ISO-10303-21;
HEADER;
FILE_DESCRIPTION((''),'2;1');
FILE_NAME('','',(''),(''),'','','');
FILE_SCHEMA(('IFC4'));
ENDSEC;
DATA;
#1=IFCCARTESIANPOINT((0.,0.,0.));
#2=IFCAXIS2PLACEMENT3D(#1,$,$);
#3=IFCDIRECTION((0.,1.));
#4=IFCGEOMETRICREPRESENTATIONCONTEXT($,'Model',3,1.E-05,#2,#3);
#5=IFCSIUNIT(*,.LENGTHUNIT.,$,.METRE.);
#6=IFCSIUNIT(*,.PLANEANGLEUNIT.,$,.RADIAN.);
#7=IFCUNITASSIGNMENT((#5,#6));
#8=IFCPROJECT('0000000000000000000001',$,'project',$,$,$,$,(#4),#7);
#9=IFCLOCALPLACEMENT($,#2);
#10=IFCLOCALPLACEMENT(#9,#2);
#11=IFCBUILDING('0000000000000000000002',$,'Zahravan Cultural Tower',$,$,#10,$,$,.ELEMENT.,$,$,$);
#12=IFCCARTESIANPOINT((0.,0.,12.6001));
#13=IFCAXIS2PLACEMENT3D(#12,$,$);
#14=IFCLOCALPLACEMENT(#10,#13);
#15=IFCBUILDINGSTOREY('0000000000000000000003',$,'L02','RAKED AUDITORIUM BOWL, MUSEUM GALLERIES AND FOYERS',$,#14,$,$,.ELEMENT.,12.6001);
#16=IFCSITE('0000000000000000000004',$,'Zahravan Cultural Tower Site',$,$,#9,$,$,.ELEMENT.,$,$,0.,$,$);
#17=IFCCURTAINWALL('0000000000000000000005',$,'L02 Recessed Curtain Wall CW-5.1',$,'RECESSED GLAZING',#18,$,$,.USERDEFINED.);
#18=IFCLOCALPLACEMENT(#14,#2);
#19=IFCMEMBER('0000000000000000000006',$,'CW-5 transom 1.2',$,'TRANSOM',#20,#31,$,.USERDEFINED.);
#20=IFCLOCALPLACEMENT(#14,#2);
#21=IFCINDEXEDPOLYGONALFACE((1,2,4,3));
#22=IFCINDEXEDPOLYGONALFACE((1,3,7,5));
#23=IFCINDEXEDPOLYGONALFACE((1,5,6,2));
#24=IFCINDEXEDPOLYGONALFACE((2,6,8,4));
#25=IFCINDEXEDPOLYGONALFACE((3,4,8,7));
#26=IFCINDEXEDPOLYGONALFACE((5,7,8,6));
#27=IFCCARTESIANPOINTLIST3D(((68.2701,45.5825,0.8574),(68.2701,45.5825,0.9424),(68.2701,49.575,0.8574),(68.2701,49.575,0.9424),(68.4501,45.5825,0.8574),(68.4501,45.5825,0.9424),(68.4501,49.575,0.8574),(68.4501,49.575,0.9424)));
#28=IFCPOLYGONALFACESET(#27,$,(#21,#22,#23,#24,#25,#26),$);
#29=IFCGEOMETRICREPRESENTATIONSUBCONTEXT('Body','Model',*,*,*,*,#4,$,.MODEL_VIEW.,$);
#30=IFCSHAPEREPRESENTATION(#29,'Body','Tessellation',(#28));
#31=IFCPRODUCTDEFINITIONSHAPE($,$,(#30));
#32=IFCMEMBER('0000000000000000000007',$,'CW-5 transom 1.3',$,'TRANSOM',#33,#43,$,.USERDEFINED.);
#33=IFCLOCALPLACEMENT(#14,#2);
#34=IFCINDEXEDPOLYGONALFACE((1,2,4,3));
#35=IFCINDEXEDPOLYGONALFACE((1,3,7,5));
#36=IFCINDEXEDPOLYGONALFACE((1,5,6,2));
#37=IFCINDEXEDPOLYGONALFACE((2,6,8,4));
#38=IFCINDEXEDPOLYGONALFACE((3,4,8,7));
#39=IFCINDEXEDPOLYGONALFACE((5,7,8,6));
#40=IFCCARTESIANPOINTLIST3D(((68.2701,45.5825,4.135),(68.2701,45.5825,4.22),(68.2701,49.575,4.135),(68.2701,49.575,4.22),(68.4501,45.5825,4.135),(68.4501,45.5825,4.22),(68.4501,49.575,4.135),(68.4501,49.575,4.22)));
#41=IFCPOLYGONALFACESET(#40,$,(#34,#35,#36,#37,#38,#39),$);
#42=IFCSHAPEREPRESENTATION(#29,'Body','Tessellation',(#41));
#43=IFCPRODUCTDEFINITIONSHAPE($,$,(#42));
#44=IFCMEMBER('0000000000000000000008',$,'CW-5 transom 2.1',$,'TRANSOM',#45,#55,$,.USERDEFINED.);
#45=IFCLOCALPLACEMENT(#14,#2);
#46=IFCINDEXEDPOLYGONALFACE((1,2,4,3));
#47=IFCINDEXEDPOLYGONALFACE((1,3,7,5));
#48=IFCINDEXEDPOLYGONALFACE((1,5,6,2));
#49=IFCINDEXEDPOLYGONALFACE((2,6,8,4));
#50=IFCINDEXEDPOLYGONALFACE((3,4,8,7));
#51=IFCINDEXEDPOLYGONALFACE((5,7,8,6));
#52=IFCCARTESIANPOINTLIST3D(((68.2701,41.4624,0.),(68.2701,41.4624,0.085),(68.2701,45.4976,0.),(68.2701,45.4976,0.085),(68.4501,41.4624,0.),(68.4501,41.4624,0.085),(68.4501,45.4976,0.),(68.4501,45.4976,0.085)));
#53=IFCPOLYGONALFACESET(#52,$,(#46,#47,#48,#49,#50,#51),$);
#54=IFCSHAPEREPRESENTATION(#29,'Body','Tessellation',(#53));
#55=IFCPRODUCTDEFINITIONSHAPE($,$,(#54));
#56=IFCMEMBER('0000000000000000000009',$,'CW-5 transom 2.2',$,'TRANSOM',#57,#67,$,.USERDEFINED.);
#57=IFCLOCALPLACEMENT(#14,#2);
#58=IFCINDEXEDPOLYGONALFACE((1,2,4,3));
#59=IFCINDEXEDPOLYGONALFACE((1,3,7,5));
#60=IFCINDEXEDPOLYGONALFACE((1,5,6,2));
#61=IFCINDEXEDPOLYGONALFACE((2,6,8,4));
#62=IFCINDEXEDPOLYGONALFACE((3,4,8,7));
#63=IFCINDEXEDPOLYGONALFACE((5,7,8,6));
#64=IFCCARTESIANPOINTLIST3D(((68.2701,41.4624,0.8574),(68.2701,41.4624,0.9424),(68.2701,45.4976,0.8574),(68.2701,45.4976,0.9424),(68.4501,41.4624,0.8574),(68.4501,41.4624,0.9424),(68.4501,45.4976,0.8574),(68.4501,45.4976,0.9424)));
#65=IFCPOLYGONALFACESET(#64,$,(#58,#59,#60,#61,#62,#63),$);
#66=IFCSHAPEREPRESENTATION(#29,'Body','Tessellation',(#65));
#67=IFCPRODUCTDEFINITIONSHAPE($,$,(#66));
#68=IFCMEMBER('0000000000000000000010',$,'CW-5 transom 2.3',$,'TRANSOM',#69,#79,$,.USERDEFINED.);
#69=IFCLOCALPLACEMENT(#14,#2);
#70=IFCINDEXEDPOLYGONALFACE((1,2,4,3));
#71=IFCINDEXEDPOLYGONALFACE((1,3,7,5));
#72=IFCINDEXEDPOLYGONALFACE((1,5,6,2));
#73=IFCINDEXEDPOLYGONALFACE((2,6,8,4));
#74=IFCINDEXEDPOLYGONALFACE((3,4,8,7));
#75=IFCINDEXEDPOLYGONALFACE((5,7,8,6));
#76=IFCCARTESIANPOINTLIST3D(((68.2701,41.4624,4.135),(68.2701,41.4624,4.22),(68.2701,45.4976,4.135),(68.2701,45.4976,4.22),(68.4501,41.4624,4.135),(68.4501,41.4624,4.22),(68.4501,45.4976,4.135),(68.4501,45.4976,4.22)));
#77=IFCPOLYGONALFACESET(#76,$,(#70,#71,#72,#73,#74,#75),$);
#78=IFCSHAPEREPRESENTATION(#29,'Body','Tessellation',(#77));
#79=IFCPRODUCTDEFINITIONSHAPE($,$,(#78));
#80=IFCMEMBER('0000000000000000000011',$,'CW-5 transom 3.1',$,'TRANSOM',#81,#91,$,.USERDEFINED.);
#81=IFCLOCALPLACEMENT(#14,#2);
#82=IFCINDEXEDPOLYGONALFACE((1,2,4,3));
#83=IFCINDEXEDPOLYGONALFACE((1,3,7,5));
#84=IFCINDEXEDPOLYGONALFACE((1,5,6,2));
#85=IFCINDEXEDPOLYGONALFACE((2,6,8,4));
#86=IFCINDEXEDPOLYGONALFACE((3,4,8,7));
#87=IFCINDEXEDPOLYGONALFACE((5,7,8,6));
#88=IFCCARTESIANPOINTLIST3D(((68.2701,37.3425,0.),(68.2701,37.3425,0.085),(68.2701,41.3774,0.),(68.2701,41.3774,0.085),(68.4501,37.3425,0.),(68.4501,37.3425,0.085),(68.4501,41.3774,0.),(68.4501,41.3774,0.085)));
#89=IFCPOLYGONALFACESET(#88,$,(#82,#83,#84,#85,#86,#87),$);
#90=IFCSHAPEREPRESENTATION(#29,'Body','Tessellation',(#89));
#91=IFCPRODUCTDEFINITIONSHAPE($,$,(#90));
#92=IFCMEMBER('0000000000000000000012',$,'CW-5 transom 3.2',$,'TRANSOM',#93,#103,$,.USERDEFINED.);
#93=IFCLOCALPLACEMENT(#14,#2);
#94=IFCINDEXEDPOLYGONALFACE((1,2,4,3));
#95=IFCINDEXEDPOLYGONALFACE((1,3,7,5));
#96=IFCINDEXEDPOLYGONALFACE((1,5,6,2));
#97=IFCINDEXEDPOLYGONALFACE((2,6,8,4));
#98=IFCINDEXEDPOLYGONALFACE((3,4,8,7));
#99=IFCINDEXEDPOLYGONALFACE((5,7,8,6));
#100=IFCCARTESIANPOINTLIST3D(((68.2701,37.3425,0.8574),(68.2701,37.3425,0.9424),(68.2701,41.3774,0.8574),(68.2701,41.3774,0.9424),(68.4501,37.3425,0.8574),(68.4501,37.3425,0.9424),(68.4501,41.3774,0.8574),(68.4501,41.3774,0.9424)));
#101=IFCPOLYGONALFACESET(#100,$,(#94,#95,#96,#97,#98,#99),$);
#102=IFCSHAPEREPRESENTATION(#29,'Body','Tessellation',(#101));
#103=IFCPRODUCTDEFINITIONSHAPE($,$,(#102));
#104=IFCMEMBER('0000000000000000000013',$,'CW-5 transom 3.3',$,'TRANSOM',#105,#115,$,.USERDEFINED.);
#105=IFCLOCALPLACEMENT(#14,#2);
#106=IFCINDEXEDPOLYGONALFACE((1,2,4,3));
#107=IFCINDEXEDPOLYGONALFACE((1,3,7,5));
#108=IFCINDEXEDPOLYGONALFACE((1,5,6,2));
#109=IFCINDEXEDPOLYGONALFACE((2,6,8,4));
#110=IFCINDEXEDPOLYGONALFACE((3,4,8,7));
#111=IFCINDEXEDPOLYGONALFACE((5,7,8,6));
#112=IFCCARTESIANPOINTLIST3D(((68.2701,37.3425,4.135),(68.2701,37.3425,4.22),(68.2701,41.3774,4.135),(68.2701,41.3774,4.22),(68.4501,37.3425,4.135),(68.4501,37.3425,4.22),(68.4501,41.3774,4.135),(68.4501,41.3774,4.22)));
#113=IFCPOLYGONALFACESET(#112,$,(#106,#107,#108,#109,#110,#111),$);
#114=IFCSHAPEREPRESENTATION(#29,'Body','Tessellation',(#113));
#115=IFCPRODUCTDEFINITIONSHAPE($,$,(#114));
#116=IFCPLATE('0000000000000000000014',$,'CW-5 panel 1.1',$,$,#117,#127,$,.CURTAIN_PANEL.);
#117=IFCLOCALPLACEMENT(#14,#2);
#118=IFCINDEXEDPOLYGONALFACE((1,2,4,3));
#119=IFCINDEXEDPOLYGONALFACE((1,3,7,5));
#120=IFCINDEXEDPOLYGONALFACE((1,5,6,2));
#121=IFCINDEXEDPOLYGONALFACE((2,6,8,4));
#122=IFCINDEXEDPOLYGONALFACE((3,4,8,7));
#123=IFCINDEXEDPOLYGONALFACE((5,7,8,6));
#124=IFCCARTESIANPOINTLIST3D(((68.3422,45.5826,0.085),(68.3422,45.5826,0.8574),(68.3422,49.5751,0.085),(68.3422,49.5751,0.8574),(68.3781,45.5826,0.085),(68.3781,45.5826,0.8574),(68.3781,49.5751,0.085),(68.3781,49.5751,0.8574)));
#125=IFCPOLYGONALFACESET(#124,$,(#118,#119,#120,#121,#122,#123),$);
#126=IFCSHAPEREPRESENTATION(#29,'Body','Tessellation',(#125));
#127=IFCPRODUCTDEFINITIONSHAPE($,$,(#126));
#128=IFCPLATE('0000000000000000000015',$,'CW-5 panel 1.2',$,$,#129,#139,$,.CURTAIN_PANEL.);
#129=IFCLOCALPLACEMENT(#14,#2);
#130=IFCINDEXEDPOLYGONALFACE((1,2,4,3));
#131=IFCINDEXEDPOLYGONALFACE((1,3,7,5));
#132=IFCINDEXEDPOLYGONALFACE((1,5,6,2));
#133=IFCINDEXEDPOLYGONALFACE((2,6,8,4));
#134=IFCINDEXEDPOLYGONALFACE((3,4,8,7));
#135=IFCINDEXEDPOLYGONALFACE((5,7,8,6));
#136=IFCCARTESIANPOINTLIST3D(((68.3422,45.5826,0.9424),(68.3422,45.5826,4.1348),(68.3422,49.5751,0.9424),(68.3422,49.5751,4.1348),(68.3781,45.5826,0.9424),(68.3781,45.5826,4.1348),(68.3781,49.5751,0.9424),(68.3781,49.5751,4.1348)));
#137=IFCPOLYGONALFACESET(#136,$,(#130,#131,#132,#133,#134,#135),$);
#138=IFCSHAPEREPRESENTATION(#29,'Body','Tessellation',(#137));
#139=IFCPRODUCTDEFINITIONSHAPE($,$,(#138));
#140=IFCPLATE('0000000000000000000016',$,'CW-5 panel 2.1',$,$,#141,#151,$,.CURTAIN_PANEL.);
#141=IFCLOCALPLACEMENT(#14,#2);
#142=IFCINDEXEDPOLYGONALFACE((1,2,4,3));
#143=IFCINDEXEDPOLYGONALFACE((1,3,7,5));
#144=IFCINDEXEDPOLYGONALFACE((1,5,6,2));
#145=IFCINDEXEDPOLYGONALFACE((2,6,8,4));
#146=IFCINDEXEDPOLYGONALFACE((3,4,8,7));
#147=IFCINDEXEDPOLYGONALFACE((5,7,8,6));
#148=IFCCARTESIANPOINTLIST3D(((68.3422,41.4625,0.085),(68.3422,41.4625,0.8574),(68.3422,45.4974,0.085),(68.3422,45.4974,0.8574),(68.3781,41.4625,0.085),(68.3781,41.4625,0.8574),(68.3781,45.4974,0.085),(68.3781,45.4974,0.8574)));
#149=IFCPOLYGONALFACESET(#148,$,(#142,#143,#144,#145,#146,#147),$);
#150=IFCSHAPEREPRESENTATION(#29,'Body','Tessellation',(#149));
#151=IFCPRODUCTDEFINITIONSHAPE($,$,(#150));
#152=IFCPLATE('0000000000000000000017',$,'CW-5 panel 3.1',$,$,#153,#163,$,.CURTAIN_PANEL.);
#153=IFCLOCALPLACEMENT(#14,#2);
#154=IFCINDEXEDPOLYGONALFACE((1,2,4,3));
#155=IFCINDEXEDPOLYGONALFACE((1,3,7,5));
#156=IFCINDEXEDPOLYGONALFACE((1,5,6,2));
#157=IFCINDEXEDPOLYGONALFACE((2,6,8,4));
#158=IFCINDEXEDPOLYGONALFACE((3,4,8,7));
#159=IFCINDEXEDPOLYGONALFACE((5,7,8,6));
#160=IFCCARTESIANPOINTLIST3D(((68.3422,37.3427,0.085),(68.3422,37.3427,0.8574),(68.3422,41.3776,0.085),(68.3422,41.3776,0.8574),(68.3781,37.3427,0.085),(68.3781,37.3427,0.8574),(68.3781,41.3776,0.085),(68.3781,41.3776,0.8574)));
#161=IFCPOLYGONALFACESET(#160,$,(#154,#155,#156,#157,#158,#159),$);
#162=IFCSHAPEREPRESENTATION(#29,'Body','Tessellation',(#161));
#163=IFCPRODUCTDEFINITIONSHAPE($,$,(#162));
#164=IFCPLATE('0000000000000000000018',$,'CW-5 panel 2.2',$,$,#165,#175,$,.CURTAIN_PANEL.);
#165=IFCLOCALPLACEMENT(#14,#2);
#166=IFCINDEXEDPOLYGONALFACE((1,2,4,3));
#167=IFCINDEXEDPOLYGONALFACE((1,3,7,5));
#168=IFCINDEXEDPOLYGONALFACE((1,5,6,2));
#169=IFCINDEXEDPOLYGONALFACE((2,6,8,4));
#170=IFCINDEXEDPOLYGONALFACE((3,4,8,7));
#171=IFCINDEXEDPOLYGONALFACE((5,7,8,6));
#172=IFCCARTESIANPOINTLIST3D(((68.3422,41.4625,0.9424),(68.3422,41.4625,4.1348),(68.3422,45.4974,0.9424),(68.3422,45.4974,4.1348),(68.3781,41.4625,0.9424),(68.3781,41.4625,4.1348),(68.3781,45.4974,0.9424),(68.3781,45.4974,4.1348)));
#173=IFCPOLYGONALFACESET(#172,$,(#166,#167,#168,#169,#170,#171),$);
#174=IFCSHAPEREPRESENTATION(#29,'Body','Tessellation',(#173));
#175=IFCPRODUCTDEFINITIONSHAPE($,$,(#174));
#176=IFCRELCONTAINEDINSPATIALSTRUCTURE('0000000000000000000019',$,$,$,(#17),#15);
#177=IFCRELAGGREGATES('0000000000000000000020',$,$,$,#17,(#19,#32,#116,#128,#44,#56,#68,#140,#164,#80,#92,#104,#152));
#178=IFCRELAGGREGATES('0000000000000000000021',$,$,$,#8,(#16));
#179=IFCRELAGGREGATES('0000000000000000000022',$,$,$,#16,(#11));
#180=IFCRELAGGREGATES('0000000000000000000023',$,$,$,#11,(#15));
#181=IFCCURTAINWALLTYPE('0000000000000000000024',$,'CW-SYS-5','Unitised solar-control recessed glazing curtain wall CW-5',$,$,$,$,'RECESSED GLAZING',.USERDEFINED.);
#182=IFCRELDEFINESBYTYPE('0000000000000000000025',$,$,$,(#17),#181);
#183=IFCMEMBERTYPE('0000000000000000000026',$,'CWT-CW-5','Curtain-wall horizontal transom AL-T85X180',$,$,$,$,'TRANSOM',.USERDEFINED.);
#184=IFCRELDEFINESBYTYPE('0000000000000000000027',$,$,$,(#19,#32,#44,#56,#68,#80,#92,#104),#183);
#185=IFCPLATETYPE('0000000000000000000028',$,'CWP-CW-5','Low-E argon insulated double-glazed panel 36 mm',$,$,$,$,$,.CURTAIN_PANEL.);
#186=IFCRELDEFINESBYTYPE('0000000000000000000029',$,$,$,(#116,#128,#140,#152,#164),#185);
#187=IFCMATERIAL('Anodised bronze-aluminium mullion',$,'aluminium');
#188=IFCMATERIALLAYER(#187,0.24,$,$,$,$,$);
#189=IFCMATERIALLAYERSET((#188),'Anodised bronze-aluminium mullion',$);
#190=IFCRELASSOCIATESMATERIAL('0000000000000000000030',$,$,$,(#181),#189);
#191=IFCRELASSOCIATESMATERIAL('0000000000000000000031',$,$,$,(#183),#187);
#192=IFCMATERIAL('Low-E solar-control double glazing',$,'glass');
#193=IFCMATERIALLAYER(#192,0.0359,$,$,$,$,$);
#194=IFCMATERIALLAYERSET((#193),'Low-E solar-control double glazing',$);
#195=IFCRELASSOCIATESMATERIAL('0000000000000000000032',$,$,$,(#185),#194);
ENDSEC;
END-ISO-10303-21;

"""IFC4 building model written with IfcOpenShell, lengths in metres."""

from ifc_helpers import new_model, si_unit, direction, frame, origin, origin_2d, place, context, subcontext, project, spatial, rectangle, extrude, source, transform, mapped, material, layer, layer_set, material_profile, profile_set, type_object, element, aggregate, save


model = new_model("IFC4")

# Units and contexts
model_context = context("Model", 3, precision=1e-05, world=origin(), true_north=direction((0.0, 1.0)))
body_context = subcontext(model_context, "Body", "Model", "MODEL_VIEW")
ifc_project = project(units=[si_unit("LENGTHUNIT", "METRE"), si_unit("PLANEANGLEUNIT", "RADIAN")], contexts=[model_context])

# Site, building, storey
site_placement = place(None, origin())
site = spatial("IfcSite", under=ifc_project, at=site_placement, Name="Zahravan Cultural Tower Site", CompositionType="ELEMENT", RefElevation=0.0)
building_placement = place(site_placement, origin())
building = spatial("IfcBuilding", under=site, at=building_placement, Name="Zahravan Cultural Tower", CompositionType="ELEMENT")
storey_placement = place(building_placement, frame((0.0, 0.0, 12.6001)))
storey = spatial("IfcBuildingStorey", under=building, at=storey_placement, Name="L02", Description="RAKED AUDITORIUM BOWL, MUSEUM GALLERIES AND FOYERS", CompositionType="ELEMENT", Elevation=12.6001)

# Curtain wall, members, plates
ifc_material_1 = material(Name="Anodised bronze-aluminium mullion", Category="aluminium")
ifc_layer_1 = layer(ifc_material_1, 0.24)
ifc_layer_set_1 = layer_set([ifc_layer_1], Name="Anodised bronze-aluminium mullion")
curtain_wall_type = type_object("IfcCurtainWallType", Name="CW-SYS-5", Description="Unitised solar-control recessed glazing curtain wall CW-5", ElementType="RECESSED GLAZING", PredefinedType="USERDEFINED", material=ifc_layer_set_1)
curtain_wall_placement = place(storey_placement, origin())
curtain_wall = element("IfcCurtainWall", 1, at=curtain_wall_placement, inside=storey, type_object=curtain_wall_type, Name="L02 Recessed Curtain Wall CW-5.1", ObjectType="RECESSED GLAZING", PredefinedType="USERDEFINED")
ifc_material_profile_1 = material_profile(ifc_material_1, rectangle(XDim=0.1799, YDim=0.085, at=origin_2d()), Name="AL-T85X180")
ifc_profile_set_1 = profile_set([ifc_material_profile_1], Name="Anodised bronze-aluminium mullion")
member_type_1 = type_object("IfcMemberType", Name="CWT-CW-5", Description="Curtain-wall horizontal transom AL-T85X180", ElementType="TRANSOM", PredefinedType="USERDEFINED", material=ifc_profile_set_1)
shared_shape_1 = source(origin(), body_context, "Body", "SweptSolid", [
    extrude(rectangle(XDim=0.1799, YDim=0.085, at=origin_2d()), origin(), (0.0, 0.0, 1.0), 3.9924),
])
member_1_placement = place(storey_placement, frame((68.3601, 49.575, 0.8999), z_axis=(0.0, -1.0, 0.0), x_axis=(1.0, 0.0, 0.0)))
member_1 = element("IfcMember", 2, at=member_1_placement, type_object=member_type_1, Name="CW-5 transom 1.2", ObjectType="TRANSOM", PredefinedType="USERDEFINED", context=body_context, shape_type="MappedRepresentation", body=[
    mapped(shared_shape_1, transform((0.0, 0.0, 0.0), x_axis=(1.0, 0.0, 0.0), y_axis=(0.0, 1.0, 0.0), z_axis=(0.0, 0.0, 1.0), scale=1.0)),
])
member_2_placement = place(storey_placement, frame((68.3601, 49.575, 4.1775), z_axis=(0.0, -1.0, 0.0), x_axis=(1.0, 0.0, 0.0)))
member_2 = element("IfcMember", 3, at=member_2_placement, type_object=member_type_1, Name="CW-5 transom 1.3", ObjectType="TRANSOM", PredefinedType="USERDEFINED", context=body_context, shape_type="MappedRepresentation", body=[
    mapped(shared_shape_1, transform((0.0, 0.0, 0.0), x_axis=(1.0, 0.0, 0.0), y_axis=(0.0, 1.0, 0.0), z_axis=(0.0, 0.0, 1.0), scale=1.0)),
])
shared_shape_2 = source(origin(), body_context, "Body", "SweptSolid", [
    extrude(rectangle(XDim=0.1799, YDim=0.085, at=origin_2d()), origin(), (0.0, 0.0, 1.0), 4.0352),
])
member_3_placement = place(storey_placement, frame((68.3601, 45.4976, 0.0425), z_axis=(0.0, -1.0, 0.0), x_axis=(1.0, 0.0, 0.0)))
member_3 = element("IfcMember", 4, at=member_3_placement, type_object=member_type_1, Name="CW-5 transom 2.1", ObjectType="TRANSOM", PredefinedType="USERDEFINED", context=body_context, shape_type="MappedRepresentation", body=[
    mapped(shared_shape_2, transform((0.0, 0.0, 0.0), x_axis=(1.0, 0.0, 0.0), y_axis=(0.0, 1.0, 0.0), z_axis=(0.0, 0.0, 1.0), scale=1.0)),
])
member_4_placement = place(storey_placement, frame((68.3601, 45.4976, 0.8999), z_axis=(0.0, -1.0, 0.0), x_axis=(1.0, 0.0, 0.0)))
member_4 = element("IfcMember", 5, at=member_4_placement, type_object=member_type_1, Name="CW-5 transom 2.2", ObjectType="TRANSOM", PredefinedType="USERDEFINED", context=body_context, shape_type="MappedRepresentation", body=[
    mapped(shared_shape_2, transform((0.0, 0.0, 0.0), x_axis=(1.0, 0.0, 0.0), y_axis=(0.0, 1.0, 0.0), z_axis=(0.0, 0.0, 1.0), scale=1.0)),
])
member_5_placement = place(storey_placement, frame((68.3601, 45.4976, 4.1775), z_axis=(0.0, -1.0, 0.0), x_axis=(1.0, 0.0, 0.0)))
member_5 = element("IfcMember", 6, at=member_5_placement, type_object=member_type_1, Name="CW-5 transom 2.3", ObjectType="TRANSOM", PredefinedType="USERDEFINED", context=body_context, shape_type="MappedRepresentation", body=[
    mapped(shared_shape_2, transform((0.0, 0.0, 0.0), x_axis=(1.0, 0.0, 0.0), y_axis=(0.0, 1.0, 0.0), z_axis=(0.0, 0.0, 1.0), scale=1.0)),
])
shared_shape_3 = source(origin(), body_context, "Body", "SweptSolid", [
    extrude(rectangle(XDim=0.1799, YDim=0.085, at=origin_2d()), origin(), (0.0, 0.0, 1.0), 4.0349),
])
member_6_placement = place(storey_placement, frame((68.3601, 41.3774, 0.0425), z_axis=(0.0, -1.0, 0.0), x_axis=(1.0, 0.0, 0.0)))
member_6 = element("IfcMember", 7, at=member_6_placement, type_object=member_type_1, Name="CW-5 transom 3.1", ObjectType="TRANSOM", PredefinedType="USERDEFINED", context=body_context, shape_type="MappedRepresentation", body=[
    mapped(shared_shape_3, transform((0.0, 0.0, 0.0), x_axis=(1.0, 0.0, 0.0), y_axis=(0.0, 1.0, 0.0), z_axis=(0.0, 0.0, 1.0), scale=1.0)),
])
member_7_placement = place(storey_placement, frame((68.3601, 41.3774, 0.8999), z_axis=(0.0, -1.0, 0.0), x_axis=(1.0, 0.0, 0.0)))
member_7 = element("IfcMember", 8, at=member_7_placement, type_object=member_type_1, Name="CW-5 transom 3.2", ObjectType="TRANSOM", PredefinedType="USERDEFINED", context=body_context, shape_type="MappedRepresentation", body=[
    mapped(shared_shape_3, transform((0.0, 0.0, 0.0), x_axis=(1.0, 0.0, 0.0), y_axis=(0.0, 1.0, 0.0), z_axis=(0.0, 0.0, 1.0), scale=1.0)),
])
member_8_placement = place(storey_placement, frame((68.3601, 41.3774, 4.1775), z_axis=(0.0, -1.0, 0.0), x_axis=(1.0, 0.0, 0.0)))
member_8 = element("IfcMember", 9, at=member_8_placement, type_object=member_type_1, Name="CW-5 transom 3.3", ObjectType="TRANSOM", PredefinedType="USERDEFINED", context=body_context, shape_type="MappedRepresentation", body=[
    mapped(shared_shape_3, transform((0.0, 0.0, 0.0), x_axis=(1.0, 0.0, 0.0), y_axis=(0.0, 1.0, 0.0), z_axis=(0.0, 0.0, 1.0), scale=1.0)),
])
ifc_material_2 = material(Name="Low-E solar-control double glazing", Category="glass")
ifc_layer_2 = layer(ifc_material_2, 0.0359)
ifc_layer_set_2 = layer_set([ifc_layer_2], Name="Low-E solar-control double glazing")
plate_type = type_object("IfcPlateType", Name="CWP-CW-5", Description="Low-E argon insulated double-glazed panel 36 mm", PredefinedType="CURTAIN_PANEL", material=ifc_layer_set_2)
shared_shape_4 = source(origin(), body_context, "Body", "SweptSolid", [
    extrude(rectangle(XDim=3.9924, YDim=0.0359, at=origin_2d()), origin(), (0.0, 0.0, 1.0), 0.7725),
])
plate_1_placement = place(storey_placement, frame((68.3601, 47.5789, 0.085), z_axis=(0.0, 0.0, 1.0), x_axis=(0.0, -1.0, 0.0)))
plate_1 = element("IfcPlate", 10, at=plate_1_placement, type_object=plate_type, Name="CW-5 panel 1.1", PredefinedType="CURTAIN_PANEL", context=body_context, shape_type="MappedRepresentation", body=[
    mapped(shared_shape_4, transform((0.0, 0.0, 0.0), x_axis=(1.0, 0.0, 0.0), y_axis=(0.0, 1.0, 0.0), z_axis=(0.0, 0.0, 1.0), scale=1.0)),
])
shared_shape_5 = source(origin(), body_context, "Body", "SweptSolid", [
    extrude(rectangle(XDim=3.9924, YDim=0.0359, at=origin_2d()), origin(), (0.0, 0.0, 1.0), 3.1924),
])
plate_2_placement = place(storey_placement, frame((68.3601, 47.5789, 0.9424), z_axis=(0.0, 0.0, 1.0), x_axis=(0.0, -1.0, 0.0)))
plate_2 = element("IfcPlate", 11, at=plate_2_placement, type_object=plate_type, Name="CW-5 panel 1.2", PredefinedType="CURTAIN_PANEL", context=body_context, shape_type="MappedRepresentation", body=[
    mapped(shared_shape_5, transform((0.0, 0.0, 0.0), x_axis=(1.0, 0.0, 0.0), y_axis=(0.0, 1.0, 0.0), z_axis=(0.0, 0.0, 1.0), scale=1.0)),
])
shared_shape_6 = source(origin(), body_context, "Body", "SweptSolid", [
    extrude(rectangle(XDim=4.0349, YDim=0.0359, at=origin_2d()), origin(), (0.0, 0.0, 1.0), 0.7725),
])
plate_3_placement = place(storey_placement, frame((68.3601, 43.48, 0.085), z_axis=(0.0, 0.0, 1.0), x_axis=(0.0, -1.0, 0.0)))
plate_3 = element("IfcPlate", 12, at=plate_3_placement, type_object=plate_type, Name="CW-5 panel 2.1", PredefinedType="CURTAIN_PANEL", context=body_context, shape_type="MappedRepresentation", body=[
    mapped(shared_shape_6, transform((0.0, 0.0, 0.0), x_axis=(1.0, 0.0, 0.0), y_axis=(0.0, 1.0, 0.0), z_axis=(0.0, 0.0, 1.0), scale=1.0)),
])
plate_4_placement = place(storey_placement, frame((68.3601, 39.3601, 0.085), z_axis=(0.0, 0.0, 1.0), x_axis=(0.0, -1.0, 0.0)))
plate_4 = element("IfcPlate", 13, at=plate_4_placement, type_object=plate_type, Name="CW-5 panel 3.1", PredefinedType="CURTAIN_PANEL", context=body_context, shape_type="MappedRepresentation", body=[
    mapped(shared_shape_6, transform((0.0, 0.0, 0.0), x_axis=(1.0, 0.0, 0.0), y_axis=(0.0, 1.0, 0.0), z_axis=(0.0, 0.0, 1.0), scale=1.0)),
])
shared_shape_7 = source(origin(), body_context, "Body", "SweptSolid", [
    extrude(rectangle(XDim=4.0349, YDim=0.0359, at=origin_2d()), origin(), (0.0, 0.0, 1.0), 3.1924),
])
plate_5_placement = place(storey_placement, frame((68.3601, 43.48, 0.9424), z_axis=(0.0, 0.0, 1.0), x_axis=(0.0, -1.0, 0.0)))
plate_5 = element("IfcPlate", 14, at=plate_5_placement, type_object=plate_type, Name="CW-5 panel 2.2", PredefinedType="CURTAIN_PANEL", context=body_context, shape_type="MappedRepresentation", body=[
    mapped(shared_shape_7, transform((0.0, 0.0, 0.0), x_axis=(1.0, 0.0, 0.0), y_axis=(0.0, 1.0, 0.0), z_axis=(0.0, 0.0, 1.0), scale=1.0)),
])
aggregate(curtain_wall, [member_1, member_2, plate_1, plate_2, member_3, member_4, member_5, plate_3, plate_5, member_6, member_7, member_8, plate_4])

save(model, "model.ifc")
